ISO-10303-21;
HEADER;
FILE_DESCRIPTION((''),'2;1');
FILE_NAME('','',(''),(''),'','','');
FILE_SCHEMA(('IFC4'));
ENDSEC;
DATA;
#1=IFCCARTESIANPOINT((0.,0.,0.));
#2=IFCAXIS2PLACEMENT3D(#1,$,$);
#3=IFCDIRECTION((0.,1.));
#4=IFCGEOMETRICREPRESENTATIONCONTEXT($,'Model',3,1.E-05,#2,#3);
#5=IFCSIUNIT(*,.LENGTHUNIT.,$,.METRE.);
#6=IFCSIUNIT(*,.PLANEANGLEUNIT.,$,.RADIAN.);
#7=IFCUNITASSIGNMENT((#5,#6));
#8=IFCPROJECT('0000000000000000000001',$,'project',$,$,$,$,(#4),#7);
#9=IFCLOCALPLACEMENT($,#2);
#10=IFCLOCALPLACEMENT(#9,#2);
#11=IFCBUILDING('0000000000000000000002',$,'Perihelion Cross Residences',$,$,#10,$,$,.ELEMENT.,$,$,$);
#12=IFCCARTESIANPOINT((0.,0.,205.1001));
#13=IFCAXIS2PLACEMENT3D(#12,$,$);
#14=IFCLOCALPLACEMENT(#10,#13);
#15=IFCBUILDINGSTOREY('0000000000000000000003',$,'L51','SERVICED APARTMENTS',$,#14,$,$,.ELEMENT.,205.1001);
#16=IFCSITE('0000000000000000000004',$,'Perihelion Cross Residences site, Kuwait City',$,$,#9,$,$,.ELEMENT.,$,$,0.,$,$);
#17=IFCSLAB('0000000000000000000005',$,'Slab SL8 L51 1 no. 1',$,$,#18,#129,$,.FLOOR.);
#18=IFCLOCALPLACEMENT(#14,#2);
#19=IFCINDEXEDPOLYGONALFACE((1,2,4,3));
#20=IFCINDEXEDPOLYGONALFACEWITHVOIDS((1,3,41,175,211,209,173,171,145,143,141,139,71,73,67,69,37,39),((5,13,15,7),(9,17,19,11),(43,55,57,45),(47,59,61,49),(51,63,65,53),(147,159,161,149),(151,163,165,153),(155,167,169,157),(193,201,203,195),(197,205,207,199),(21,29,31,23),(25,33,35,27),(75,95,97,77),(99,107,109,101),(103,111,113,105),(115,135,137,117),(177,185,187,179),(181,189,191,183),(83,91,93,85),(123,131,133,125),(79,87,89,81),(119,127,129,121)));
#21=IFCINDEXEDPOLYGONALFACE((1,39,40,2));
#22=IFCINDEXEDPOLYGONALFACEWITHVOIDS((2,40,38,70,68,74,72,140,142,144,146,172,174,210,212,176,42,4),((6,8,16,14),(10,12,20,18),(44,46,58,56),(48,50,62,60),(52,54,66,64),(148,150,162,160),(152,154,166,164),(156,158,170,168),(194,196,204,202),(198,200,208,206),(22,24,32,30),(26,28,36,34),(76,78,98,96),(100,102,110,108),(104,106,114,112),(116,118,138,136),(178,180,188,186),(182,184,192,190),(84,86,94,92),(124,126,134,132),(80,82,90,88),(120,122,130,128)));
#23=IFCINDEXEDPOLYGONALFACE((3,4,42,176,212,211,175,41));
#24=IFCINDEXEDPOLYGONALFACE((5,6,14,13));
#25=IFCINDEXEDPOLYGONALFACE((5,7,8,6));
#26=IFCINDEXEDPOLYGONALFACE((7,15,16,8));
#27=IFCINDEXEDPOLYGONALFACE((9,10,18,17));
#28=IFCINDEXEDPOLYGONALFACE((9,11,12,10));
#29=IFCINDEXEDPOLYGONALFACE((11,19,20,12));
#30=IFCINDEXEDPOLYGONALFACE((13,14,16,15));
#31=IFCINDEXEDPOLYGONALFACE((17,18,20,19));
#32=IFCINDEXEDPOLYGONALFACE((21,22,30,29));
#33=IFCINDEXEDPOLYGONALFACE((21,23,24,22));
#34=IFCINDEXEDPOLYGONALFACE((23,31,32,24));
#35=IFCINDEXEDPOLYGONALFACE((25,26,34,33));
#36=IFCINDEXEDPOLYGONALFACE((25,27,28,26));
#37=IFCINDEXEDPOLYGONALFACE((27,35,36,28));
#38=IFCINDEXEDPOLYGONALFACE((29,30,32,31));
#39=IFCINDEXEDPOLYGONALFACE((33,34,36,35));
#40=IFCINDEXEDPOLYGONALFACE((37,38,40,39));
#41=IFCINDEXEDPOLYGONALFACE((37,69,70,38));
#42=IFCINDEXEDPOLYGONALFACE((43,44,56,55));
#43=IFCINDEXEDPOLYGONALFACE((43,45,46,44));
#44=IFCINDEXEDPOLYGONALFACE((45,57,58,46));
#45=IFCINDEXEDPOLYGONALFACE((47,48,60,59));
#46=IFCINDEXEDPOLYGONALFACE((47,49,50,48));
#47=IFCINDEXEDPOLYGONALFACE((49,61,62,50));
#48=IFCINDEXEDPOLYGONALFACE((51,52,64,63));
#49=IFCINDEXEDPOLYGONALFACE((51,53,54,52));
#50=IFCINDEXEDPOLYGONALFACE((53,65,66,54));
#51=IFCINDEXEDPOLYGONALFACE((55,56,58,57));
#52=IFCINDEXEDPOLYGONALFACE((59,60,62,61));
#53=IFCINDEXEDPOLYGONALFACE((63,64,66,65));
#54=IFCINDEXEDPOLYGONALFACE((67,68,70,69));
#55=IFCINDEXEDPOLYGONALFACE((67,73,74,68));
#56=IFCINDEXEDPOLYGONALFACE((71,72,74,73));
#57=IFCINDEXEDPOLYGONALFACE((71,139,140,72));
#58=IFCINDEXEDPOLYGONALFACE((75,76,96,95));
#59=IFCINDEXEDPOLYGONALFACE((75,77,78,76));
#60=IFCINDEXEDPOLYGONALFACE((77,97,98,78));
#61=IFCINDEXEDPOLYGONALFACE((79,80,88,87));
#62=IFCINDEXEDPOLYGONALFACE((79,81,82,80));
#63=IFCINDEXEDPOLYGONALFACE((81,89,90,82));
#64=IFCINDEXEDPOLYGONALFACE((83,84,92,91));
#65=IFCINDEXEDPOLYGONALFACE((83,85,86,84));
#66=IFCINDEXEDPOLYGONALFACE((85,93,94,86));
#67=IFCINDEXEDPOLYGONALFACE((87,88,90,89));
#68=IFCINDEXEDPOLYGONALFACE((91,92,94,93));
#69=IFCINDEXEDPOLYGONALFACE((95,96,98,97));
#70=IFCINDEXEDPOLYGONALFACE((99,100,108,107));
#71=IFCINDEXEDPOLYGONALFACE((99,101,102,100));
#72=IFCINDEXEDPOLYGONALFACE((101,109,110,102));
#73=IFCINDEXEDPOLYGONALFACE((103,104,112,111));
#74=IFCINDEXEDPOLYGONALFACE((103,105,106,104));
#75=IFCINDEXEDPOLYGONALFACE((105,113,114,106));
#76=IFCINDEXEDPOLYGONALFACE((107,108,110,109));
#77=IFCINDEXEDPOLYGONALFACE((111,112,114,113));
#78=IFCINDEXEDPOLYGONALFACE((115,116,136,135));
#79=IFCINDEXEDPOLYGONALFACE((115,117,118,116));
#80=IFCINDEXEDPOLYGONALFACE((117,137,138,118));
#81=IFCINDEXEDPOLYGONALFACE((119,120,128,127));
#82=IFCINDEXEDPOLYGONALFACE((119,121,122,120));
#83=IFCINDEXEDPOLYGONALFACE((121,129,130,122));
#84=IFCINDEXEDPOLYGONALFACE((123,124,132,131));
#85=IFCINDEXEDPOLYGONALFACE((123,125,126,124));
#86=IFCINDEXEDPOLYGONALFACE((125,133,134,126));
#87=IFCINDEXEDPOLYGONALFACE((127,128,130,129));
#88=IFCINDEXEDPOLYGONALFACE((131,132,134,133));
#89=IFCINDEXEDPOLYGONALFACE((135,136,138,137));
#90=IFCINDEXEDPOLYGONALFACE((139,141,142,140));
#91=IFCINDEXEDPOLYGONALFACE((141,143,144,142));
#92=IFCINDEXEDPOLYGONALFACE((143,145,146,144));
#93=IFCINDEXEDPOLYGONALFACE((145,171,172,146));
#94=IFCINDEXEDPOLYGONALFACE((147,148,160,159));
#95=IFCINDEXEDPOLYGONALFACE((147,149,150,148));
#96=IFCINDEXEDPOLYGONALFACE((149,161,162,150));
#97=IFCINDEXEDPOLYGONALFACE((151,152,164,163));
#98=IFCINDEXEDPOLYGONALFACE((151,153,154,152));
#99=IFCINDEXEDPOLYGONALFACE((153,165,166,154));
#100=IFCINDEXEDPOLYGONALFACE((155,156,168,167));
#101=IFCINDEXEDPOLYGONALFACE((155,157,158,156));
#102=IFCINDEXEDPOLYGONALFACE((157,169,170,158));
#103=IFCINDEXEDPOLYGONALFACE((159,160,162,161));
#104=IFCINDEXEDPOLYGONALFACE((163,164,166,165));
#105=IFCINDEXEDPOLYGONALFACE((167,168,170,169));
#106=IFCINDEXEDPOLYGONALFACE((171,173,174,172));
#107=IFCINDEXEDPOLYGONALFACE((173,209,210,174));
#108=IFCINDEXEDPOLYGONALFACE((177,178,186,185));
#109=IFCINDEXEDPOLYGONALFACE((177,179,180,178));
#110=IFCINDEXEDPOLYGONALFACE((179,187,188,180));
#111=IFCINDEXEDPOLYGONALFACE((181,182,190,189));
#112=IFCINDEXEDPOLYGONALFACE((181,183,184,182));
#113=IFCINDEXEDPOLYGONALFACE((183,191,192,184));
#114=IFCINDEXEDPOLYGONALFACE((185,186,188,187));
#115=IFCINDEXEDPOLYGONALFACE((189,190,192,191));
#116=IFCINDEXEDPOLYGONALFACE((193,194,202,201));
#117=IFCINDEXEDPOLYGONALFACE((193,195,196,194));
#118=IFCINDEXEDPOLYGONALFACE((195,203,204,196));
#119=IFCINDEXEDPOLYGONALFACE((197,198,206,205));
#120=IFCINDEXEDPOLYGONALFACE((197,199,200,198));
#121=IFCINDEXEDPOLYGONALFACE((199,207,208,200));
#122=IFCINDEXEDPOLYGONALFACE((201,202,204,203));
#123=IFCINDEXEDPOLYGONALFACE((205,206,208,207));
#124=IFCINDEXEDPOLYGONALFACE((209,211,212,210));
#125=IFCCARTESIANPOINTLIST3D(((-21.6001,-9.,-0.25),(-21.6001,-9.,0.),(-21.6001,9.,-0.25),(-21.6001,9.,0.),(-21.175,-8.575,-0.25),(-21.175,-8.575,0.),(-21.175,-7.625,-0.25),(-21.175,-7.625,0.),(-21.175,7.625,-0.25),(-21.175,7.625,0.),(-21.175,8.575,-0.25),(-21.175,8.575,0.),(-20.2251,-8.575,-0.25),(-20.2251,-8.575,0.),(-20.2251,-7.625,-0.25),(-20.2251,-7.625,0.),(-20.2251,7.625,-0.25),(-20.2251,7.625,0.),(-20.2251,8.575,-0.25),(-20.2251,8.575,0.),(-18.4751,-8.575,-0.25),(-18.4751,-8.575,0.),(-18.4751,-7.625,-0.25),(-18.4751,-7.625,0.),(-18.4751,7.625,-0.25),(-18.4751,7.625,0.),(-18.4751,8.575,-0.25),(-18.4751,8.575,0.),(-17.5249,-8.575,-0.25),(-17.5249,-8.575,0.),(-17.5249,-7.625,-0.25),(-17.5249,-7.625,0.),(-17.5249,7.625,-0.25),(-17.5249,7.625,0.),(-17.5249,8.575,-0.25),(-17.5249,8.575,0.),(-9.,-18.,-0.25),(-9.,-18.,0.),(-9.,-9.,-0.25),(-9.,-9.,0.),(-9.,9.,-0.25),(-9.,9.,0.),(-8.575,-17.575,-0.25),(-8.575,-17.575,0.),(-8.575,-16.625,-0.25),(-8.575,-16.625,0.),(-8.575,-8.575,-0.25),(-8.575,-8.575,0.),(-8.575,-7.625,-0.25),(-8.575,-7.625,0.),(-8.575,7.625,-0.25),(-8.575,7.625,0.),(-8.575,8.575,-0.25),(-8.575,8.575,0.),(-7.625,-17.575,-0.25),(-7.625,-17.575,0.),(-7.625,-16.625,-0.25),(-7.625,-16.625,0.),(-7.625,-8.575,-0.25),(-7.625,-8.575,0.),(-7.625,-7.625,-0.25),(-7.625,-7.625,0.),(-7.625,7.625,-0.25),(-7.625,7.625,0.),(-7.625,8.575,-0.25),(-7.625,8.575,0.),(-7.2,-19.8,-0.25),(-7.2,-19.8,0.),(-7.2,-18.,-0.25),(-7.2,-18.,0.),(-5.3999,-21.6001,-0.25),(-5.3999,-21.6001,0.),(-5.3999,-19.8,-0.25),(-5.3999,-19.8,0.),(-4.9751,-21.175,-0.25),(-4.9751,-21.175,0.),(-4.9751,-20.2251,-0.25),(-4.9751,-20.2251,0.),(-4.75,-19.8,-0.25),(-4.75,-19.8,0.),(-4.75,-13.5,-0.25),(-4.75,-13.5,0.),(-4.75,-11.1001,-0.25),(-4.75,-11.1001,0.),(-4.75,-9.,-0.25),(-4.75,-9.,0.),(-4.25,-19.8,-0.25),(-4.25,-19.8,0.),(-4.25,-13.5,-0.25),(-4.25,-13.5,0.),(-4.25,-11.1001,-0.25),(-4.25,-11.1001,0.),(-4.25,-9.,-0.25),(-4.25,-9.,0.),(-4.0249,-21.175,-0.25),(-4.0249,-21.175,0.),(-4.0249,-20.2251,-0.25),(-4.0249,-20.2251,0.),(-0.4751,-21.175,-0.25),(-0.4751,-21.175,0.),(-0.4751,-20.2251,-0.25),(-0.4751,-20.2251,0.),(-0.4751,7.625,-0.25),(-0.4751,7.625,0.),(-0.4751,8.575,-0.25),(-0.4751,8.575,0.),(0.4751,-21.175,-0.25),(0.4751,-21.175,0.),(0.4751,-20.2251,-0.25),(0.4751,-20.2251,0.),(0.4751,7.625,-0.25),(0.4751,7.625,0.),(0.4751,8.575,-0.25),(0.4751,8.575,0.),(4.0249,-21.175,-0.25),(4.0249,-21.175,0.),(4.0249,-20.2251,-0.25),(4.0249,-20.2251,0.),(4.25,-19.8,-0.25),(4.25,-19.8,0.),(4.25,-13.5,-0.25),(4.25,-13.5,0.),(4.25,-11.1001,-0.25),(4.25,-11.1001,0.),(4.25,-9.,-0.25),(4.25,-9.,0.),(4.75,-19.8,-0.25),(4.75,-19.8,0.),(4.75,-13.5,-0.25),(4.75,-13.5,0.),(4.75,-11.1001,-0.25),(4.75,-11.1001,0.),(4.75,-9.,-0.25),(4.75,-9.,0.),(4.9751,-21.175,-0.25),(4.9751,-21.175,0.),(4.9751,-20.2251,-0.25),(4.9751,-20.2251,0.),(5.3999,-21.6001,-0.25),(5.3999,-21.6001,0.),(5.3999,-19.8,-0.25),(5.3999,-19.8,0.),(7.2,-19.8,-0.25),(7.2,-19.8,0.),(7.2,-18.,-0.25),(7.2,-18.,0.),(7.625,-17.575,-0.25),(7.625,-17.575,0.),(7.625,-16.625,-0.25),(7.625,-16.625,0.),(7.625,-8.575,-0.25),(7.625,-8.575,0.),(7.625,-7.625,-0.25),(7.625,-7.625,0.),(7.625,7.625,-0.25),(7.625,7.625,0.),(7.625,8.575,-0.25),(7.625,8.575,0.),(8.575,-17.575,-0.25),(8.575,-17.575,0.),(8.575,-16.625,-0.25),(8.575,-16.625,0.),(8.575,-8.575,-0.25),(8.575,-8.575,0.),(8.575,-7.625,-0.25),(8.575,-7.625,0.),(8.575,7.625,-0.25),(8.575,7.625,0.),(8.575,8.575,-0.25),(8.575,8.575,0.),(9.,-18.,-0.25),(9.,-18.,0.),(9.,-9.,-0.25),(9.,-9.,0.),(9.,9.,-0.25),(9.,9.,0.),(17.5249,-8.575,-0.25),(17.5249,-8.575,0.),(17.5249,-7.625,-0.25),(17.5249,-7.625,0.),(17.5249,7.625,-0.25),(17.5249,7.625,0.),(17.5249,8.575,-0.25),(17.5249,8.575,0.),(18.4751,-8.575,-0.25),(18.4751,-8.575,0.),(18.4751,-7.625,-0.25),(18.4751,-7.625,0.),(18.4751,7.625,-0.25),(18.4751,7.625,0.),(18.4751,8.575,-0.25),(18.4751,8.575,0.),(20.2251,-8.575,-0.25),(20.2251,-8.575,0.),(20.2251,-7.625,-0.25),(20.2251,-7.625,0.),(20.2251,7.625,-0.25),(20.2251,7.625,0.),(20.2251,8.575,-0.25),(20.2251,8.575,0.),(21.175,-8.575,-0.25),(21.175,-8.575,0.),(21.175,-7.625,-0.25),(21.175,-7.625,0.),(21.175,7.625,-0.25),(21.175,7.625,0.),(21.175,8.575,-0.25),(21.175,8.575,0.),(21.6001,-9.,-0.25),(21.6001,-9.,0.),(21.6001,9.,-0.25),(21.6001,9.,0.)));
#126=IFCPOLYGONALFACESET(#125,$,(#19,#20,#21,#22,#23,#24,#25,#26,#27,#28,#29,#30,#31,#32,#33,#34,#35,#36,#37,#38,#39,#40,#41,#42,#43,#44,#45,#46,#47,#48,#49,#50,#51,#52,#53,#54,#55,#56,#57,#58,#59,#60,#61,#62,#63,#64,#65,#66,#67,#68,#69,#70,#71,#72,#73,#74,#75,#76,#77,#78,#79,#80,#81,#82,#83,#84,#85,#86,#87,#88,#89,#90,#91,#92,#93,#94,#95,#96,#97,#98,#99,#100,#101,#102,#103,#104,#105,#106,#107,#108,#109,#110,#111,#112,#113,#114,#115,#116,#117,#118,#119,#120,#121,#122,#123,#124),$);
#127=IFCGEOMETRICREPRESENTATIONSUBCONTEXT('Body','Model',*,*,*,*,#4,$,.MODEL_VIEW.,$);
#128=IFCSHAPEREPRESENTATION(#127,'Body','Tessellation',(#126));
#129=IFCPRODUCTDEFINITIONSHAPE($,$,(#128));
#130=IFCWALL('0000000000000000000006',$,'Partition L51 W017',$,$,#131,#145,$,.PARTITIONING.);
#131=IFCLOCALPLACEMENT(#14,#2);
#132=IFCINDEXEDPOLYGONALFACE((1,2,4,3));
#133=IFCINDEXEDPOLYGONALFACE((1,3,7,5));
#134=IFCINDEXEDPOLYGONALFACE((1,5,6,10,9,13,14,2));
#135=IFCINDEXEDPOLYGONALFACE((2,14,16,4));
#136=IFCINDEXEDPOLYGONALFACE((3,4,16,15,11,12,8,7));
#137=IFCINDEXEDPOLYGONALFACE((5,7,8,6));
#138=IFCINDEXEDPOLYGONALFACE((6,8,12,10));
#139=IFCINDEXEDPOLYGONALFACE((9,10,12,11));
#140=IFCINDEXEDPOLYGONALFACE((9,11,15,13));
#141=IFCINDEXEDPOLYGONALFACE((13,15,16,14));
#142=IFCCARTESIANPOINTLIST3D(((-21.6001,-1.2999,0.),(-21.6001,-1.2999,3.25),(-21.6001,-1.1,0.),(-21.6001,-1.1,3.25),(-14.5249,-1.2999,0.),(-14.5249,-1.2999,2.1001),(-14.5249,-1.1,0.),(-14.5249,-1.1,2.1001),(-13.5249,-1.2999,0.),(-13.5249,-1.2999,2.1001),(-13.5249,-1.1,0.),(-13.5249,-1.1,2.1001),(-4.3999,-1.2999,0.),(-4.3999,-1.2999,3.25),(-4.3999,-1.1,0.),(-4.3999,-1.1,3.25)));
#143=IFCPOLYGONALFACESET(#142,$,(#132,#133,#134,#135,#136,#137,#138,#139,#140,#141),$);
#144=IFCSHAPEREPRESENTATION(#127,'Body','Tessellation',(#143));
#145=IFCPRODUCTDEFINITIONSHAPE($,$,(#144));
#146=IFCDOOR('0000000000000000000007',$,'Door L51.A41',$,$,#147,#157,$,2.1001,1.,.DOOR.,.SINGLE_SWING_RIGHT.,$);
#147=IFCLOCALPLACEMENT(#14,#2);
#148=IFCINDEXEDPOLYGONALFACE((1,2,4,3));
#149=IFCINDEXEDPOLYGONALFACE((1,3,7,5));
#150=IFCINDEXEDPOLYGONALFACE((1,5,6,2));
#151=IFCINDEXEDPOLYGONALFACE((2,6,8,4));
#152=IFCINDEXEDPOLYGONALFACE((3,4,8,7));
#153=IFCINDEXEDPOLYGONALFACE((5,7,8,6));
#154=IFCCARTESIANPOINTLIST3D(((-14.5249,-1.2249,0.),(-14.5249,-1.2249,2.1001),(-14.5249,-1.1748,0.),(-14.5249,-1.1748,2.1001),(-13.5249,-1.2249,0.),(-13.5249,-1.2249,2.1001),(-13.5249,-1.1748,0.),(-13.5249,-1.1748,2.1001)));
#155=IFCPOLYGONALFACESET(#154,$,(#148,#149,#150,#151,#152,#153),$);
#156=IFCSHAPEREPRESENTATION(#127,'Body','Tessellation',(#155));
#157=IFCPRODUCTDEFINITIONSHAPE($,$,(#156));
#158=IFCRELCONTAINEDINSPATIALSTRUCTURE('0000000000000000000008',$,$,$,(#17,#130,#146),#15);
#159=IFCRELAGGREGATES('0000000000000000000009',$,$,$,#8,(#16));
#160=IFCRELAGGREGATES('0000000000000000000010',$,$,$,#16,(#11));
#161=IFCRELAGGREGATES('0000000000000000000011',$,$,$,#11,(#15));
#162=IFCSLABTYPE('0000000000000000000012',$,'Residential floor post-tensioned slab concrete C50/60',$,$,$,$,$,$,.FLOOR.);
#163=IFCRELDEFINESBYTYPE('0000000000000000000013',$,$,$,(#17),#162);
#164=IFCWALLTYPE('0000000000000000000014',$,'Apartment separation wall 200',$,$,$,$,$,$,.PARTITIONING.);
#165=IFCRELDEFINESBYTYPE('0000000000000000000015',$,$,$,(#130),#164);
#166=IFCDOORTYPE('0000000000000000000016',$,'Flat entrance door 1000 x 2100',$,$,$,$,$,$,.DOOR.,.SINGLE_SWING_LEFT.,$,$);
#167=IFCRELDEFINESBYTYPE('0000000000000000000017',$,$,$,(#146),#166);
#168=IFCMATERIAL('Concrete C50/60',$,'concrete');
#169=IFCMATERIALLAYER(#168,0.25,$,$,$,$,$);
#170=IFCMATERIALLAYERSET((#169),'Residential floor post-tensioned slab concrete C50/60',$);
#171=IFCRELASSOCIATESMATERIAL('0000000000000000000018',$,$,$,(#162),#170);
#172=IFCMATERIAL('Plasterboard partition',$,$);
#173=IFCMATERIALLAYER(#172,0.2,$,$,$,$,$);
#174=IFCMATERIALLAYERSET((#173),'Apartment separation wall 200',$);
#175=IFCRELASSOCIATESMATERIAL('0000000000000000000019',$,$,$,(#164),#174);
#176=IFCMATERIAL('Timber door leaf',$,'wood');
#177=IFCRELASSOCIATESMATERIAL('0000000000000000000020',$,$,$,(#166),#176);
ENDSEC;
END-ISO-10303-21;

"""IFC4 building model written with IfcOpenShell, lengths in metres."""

from ifc_helpers import new_model, si_unit, direction, frame, frame_2d, origin, place, context, subcontext, project, spatial, polyline, rectangle, outline, extrude, material, layer, layer_set, type_object, element, fill, save


model = new_model("IFC4")

# Units and contexts
model_context = context("Model", 3, precision=1e-05, world=origin(), true_north=direction((0.0, 1.0)))
body_context = subcontext(model_context, "Body", "Model", "MODEL_VIEW")
ifc_project = project(units=[si_unit("LENGTHUNIT", "METRE"), si_unit("PLANEANGLEUNIT", "RADIAN")], contexts=[model_context])

# Site, building, storey
site_placement = place(None, origin())
site = spatial("IfcSite", under=ifc_project, at=site_placement, Name="Perihelion Cross Residences site, Kuwait City", CompositionType="ELEMENT", RefElevation=0.0)
building_placement = place(site_placement, origin())
building = spatial("IfcBuilding", under=site, at=building_placement, Name="Perihelion Cross Residences", CompositionType="ELEMENT")
storey_placement = place(building_placement, frame((0.0, 0.0, 205.1001)))
storey = spatial("IfcBuildingStorey", under=building, at=storey_placement, Name="L51", Description="SERVICED APARTMENTS", CompositionType="ELEMENT", Elevation=205.1001)

# Slab
ifc_material_1 = material(Name="Concrete C50/60", Category="concrete")
ifc_layer_1 = layer(ifc_material_1, 0.25)
ifc_layer_set_1 = layer_set([ifc_layer_1], Name="Residential floor post-tensioned slab concrete C50/60")
slab_type_1 = type_object("IfcSlabType", Name="Residential floor post-tensioned slab concrete C50/60", PredefinedType="FLOOR", material=ifc_layer_set_1)
slab_1_placement = place(storey_placement, frame((0.0, 0.0, -0.25)))
element("IfcSlab", 1, at=slab_1_placement, inside=storey, type_object=slab_type_1, Name="Slab SL8 L51 1 no. 1", PredefinedType="FLOOR", context=body_context, shape_type="SweptSolid", body=[
    extrude(outline(polyline([(-9.0, 9.0), (9.0, 9.0), (21.6001, 9.0), (21.6001, -9.0), (9.0, -9.0), (9.0, -18.0), (7.2, -18.0), (7.2, -19.8), (5.3999, -19.8), (5.3999, -21.6001), (-5.3999, -21.6001), (-5.3999, -19.8), (-7.2, -19.8), (-7.2, -18.0), (-9.0, -18.0), (-9.0, -9.0), (-21.6001, -9.0), (-21.6001, 9.0), (-9.0, 9.0)]), holes=[polyline([(-4.0249, -20.2251), (-4.9751, -20.2251), (-4.9751, -21.175), (-4.0249, -21.175), (-4.0249, -20.2251)]), polyline([(0.4751, -21.175), (0.4751, -20.2251), (-0.4751, -20.2251), (-0.4751, -21.175), (0.4751, -21.175)]), polyline([(-7.625, -17.575), (-7.625, -16.625), (-8.575, -16.625), (-8.575, -17.575), (-7.625, -17.575)]), polyline([(-4.25, -13.5), (-4.75, -13.5), (-4.75, -19.8), (-4.25, -19.8), (-4.25, -13.5)]), polyline([(-4.25, -11.1001), (-4.25, -9.0), (-4.75, -9.0), (-4.75, -11.1001), (-4.25, -11.1001)]), polyline([(-20.2251, -8.575), (-20.2251, -7.625), (-21.175, -7.625), (-21.175, -8.575), (-20.2251, -8.575)]), polyline([(-17.5249, -7.625), (-18.4751, -7.625), (-18.4751, -8.575), (-17.5249, -8.575), (-17.5249, -7.625)]), polyline([(-7.625, -8.575), (-7.625, -7.625), (-8.575, -7.625), (-8.575, -8.575), (-7.625, -8.575)]), polyline([(-20.2251, 8.575), (-21.175, 8.575), (-21.175, 7.625), (-20.2251, 7.625), (-20.2251, 8.575)]), polyline([(-17.5249, 7.625), (-17.5249, 8.575), (-18.4751, 8.575), (-18.4751, 7.625), (-17.5249, 7.625)]), polyline([(-7.625, 7.625), (-7.625, 8.575), (-8.575, 8.575), (-8.575, 7.625), (-7.625, 7.625)]), polyline([(4.9751, -20.2251), (4.0249, -20.2251), (4.0249, -21.175), (4.9751, -21.175), (4.9751, -20.2251)]), polyline([(8.575, -17.575), (8.575, -16.625), (7.625, -16.625), (7.625, -17.575), (8.575, -17.575)]), polyline([(4.75, -19.8), (4.75, -13.5), (4.25, -13.5), (4.25, -19.8), (4.75, -19.8)]), polyline([(4.75, -9.0), (4.25, -9.0), (4.25, -11.1001), (4.75, -11.1001), (4.75, -9.0)]), polyline([(8.575, -8.575), (8.575, -7.625), (7.625, -7.625), (7.625, -8.575), (8.575, -8.575)]), polyline([(18.4751, -8.575), (18.4751, -7.625), (17.5249, -7.625), (17.5249, -8.575), (18.4751, -8.575)]), polyline([(21.175, -7.625), (20.2251, -7.625), (20.2251, -8.575), (21.175, -8.575), (21.175, -7.625)]), polyline([(0.4751, 7.625), (0.4751, 8.575), (-0.4751, 8.575), (-0.4751, 7.625), (0.4751, 7.625)]), polyline([(8.575, 8.575), (7.625, 8.575), (7.625, 7.625), (8.575, 7.625), (8.575, 8.575)]), polyline([(18.4751, 7.625), (18.4751, 8.575), (17.5249, 8.575), (17.5249, 7.625), (18.4751, 7.625)]), polyline([(21.175, 7.625), (21.175, 8.575), (20.2251, 8.575), (20.2251, 7.625), (21.175, 7.625)])]), origin(), (0.0, 0.0, 1.0), 0.25),
])

# Wall, opening, door
ifc_material_2 = material(Name="Plasterboard partition")
ifc_layer_2 = layer(ifc_material_2, 0.2)
ifc_layer_set_2 = layer_set([ifc_layer_2], Name="Apartment separation wall 200")
wall_type_1 = type_object("IfcWallType", Name="Apartment separation wall 200", PredefinedType="PARTITIONING", material=ifc_layer_set_2)
wall_1_placement = place(storey_placement, frame((-4.3999, -1.2, 0.0), z_axis=(0.0, 0.0, 1.0), x_axis=(-1.0, 0.0, 0.0)))
wall_1 = element("IfcWall", 2, at=wall_1_placement, inside=storey, type_object=wall_type_1, Name="Partition L51 W017", PredefinedType="PARTITIONING", context=body_context, shape_type="SweptSolid", body=[
    extrude(rectangle(XDim=17.2002, YDim=0.2, at=frame_2d((8.6001, 0.0))), origin(), (0.0, 0.0, 1.0), 3.25),
])
opening_1_placement = place(wall_1_placement, frame((9.125, 0.0, 0.0)))
opening_1 = element("IfcOpeningElement", 3, at=opening_1_placement, cuts=wall_1, PredefinedType="OPENING", context=body_context, shape_type="SweptSolid", body=[
    extrude(rectangle(XDim=1.0, YDim=2.1001, at=frame_2d((0.5, 1.05))), frame((0.0, 0.1099, 0.0), z_axis=(0.0, -1.0, 0.0), x_axis=(1.0, 0.0, 0.0)), (0.0, 0.0, 1.0), 0.22),
])
ifc_material_3 = material(Name="Timber door leaf", Category="wood")
door_type_1 = type_object("IfcDoorType", Name="Flat entrance door 1000 x 2100", OperationType="SINGLE_SWING_LEFT", PredefinedType="DOOR", material=ifc_material_3)
door_1_placement = place(opening_1_placement, origin())
door_1 = element("IfcDoor", 4, at=door_1_placement, inside=storey, type_object=door_type_1, Name="Door L51.A41", OperationType="SINGLE_SWING_RIGHT", OverallHeight=2.1001, OverallWidth=1.0, PredefinedType="DOOR", context=body_context, shape_type="SweptSolid", body=[
    extrude(rectangle(XDim=1.0, YDim=2.1001, at=frame_2d((0.5, 1.05))), frame((0.0, 0.0249, 0.0), z_axis=(0.0, -1.0, 0.0), x_axis=(1.0, 0.0, 0.0)), (0.0, 0.0, 1.0), 0.05),
])
fill(opening_1, door_1)

save(model, "model.ifc")
